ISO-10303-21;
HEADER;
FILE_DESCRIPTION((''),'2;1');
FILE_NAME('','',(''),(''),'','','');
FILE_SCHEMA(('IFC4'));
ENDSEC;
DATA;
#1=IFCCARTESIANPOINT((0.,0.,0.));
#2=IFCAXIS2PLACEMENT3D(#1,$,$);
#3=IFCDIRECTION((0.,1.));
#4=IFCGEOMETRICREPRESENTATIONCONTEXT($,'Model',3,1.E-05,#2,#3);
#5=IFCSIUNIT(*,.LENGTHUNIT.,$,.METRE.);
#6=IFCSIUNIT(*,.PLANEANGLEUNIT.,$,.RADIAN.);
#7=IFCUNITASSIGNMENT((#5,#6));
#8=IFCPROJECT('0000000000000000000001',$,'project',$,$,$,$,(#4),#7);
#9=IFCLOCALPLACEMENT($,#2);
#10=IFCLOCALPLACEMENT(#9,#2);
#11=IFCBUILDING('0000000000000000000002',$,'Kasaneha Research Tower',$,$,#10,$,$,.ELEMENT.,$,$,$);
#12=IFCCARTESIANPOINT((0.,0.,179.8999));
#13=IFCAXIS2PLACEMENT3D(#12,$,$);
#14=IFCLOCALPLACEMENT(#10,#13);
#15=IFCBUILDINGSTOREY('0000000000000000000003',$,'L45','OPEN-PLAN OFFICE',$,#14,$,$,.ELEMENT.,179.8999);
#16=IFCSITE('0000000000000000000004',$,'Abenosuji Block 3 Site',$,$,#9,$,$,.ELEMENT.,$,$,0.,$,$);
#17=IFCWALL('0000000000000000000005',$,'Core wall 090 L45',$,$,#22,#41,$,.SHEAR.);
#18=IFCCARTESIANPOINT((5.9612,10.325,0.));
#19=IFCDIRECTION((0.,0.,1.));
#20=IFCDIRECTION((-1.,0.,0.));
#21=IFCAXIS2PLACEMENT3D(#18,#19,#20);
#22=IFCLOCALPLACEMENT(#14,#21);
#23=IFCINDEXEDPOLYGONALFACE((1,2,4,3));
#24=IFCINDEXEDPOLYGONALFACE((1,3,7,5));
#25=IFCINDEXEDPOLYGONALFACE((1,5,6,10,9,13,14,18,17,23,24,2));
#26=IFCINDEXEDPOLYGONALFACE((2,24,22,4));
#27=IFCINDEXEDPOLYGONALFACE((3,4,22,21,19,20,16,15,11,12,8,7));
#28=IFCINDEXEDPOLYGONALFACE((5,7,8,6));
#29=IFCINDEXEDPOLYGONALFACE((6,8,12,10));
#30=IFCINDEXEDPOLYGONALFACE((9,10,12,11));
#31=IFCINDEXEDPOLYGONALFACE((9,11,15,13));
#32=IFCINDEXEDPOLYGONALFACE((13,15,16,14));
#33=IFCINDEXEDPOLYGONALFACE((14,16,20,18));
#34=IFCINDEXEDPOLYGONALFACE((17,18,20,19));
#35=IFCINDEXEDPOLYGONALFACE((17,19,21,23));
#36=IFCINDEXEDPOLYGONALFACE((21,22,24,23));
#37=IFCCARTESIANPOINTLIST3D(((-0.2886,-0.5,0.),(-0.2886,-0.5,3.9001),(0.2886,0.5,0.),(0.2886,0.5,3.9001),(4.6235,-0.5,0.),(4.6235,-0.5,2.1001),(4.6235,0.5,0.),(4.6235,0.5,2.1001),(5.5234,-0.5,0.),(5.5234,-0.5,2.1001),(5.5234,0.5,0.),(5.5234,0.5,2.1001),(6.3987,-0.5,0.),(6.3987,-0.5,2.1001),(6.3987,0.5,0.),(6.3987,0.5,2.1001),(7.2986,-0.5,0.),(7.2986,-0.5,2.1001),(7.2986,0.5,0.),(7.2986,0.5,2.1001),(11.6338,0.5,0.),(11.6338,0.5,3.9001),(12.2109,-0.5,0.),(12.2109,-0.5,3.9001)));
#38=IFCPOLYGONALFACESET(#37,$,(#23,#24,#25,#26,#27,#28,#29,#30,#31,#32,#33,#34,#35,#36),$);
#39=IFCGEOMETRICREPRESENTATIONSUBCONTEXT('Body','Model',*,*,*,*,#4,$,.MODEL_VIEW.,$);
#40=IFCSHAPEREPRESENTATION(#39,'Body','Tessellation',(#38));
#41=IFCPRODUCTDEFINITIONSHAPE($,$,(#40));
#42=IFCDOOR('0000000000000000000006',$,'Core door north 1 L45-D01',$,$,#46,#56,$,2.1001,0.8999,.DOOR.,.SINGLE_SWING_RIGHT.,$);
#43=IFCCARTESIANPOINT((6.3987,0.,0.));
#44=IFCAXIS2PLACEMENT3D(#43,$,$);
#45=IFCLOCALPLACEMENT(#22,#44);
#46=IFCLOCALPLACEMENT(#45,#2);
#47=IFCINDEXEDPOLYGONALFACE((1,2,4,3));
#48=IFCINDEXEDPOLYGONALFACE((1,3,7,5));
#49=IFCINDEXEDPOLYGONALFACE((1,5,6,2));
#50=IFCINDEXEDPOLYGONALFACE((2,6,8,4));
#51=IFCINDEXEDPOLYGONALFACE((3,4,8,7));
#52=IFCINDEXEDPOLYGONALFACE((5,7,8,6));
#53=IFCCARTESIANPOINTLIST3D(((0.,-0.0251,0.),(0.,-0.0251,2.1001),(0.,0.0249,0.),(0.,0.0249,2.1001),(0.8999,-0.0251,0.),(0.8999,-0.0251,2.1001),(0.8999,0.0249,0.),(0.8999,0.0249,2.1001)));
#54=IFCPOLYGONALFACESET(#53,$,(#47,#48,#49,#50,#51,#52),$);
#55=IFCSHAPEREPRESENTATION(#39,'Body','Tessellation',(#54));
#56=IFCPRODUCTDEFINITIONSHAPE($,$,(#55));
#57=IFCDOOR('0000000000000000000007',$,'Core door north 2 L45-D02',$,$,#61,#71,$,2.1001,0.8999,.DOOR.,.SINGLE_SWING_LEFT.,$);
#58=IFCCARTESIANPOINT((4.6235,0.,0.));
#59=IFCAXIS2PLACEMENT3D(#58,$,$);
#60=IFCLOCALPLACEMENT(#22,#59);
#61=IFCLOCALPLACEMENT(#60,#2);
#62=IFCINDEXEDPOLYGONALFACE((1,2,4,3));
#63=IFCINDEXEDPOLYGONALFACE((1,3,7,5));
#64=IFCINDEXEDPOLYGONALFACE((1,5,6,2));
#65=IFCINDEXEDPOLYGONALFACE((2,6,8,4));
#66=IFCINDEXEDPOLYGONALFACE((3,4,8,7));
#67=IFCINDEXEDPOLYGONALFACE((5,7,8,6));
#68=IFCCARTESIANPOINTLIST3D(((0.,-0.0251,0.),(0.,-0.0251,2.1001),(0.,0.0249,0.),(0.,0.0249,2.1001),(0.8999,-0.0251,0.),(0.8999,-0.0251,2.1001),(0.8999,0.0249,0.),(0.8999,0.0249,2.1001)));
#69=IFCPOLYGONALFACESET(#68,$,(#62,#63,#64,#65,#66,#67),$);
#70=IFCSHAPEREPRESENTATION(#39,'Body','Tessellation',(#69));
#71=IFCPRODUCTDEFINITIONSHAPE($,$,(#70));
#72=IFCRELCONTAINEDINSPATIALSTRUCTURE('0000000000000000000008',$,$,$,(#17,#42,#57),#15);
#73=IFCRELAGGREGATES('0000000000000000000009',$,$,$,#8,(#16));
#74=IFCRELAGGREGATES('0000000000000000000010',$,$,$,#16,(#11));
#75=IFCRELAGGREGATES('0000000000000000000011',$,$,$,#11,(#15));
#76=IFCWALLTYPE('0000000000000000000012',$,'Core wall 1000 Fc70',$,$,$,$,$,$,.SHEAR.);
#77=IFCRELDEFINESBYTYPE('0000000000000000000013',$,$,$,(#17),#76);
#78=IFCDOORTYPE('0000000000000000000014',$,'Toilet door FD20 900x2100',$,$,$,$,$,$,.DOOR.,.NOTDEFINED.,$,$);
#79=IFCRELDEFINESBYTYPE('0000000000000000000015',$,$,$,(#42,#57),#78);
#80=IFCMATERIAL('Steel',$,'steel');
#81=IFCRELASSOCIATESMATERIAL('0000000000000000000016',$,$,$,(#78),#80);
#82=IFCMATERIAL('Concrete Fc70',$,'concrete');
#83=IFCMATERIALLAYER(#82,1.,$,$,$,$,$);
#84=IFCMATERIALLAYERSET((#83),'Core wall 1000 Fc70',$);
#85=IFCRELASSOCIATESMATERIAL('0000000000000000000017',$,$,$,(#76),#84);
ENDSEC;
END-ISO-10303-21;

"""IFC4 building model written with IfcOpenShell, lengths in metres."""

from ifc_helpers import new_model, si_unit, direction, frame, frame_2d, origin, place, context, subcontext, project, spatial, polyline, rectangle, outline, extrude, material, layer, layer_set, type_object, element, fill, save


model = new_model("IFC4")

# Units and contexts
model_context = context("Model", 3, precision=1e-05, world=origin(), true_north=direction((0.0, 1.0)))
body_context = subcontext(model_context, "Body", "Model", "MODEL_VIEW")
ifc_project = project(units=[si_unit("LENGTHUNIT", "METRE"), si_unit("PLANEANGLEUNIT", "RADIAN")], contexts=[model_context])

# Site, building, storey
site_placement = place(None, origin())
site = spatial("IfcSite", under=ifc_project, at=site_placement, Name="Abenosuji Block 3 Site", CompositionType="ELEMENT", RefElevation=0.0)
building_placement = place(site_placement, origin())
building = spatial("IfcBuilding", under=site, at=building_placement, Name="Kasaneha Research Tower", CompositionType="ELEMENT")
storey_placement = place(building_placement, frame((0.0, 0.0, 179.8999)))
storey = spatial("IfcBuildingStorey", under=building, at=storey_placement, Name="L45", Description="OPEN-PLAN OFFICE", CompositionType="ELEMENT", Elevation=179.8999)

# Shared definitions
ifc_material_1 = material(Name="Steel", Category="steel")
door_type_1 = type_object("IfcDoorType", Name="Toilet door FD20 900x2100", OperationType="NOTDEFINED", PredefinedType="DOOR", material=ifc_material_1)

# Wall, openings, doors
ifc_material_2 = material(Name="Concrete Fc70", Category="concrete")
ifc_layer_1 = layer(ifc_material_2, 1.0)
ifc_layer_set_1 = layer_set([ifc_layer_1], Name="Core wall 1000 Fc70")
wall_type_1 = type_object("IfcWallType", Name="Core wall 1000 Fc70", PredefinedType="SHEAR", material=ifc_layer_set_1)
wall_1_placement = place(storey_placement, frame((5.9612, 10.325, 0.0), z_axis=(0.0, 0.0, 1.0), x_axis=(-1.0, 0.0, 0.0)))
wall_1 = element("IfcWall", 1, at=wall_1_placement, inside=storey, type_object=wall_type_1, Name="Core wall 090 L45", PredefinedType="SHEAR", context=body_context, shape_type="SweptSolid", body=[
    extrude(outline(polyline([(-0.2886, -0.5), (4.6235, -0.5), (5.5234, -0.5), (6.3987, -0.5), (7.2986, -0.5), (12.2109, -0.5), (11.6338, 0.5), (7.2986, 0.5), (6.3987, 0.5), (5.5234, 0.5), (4.6235, 0.5), (0.2886, 0.5), (-0.2886, -0.5)])), origin(), (0.0, 0.0, 1.0), 3.9001),
])
opening_1_placement = place(wall_1_placement, frame((6.3987, 0.0, 0.0)))
opening_1 = element("IfcOpeningElement", 2, at=opening_1_placement, cuts=wall_1, PredefinedType="OPENING", context=body_context, shape_type="SweptSolid", body=[
    extrude(rectangle(XDim=0.8999, YDim=2.1001, at=frame_2d((0.45, 1.05))), frame((0.0, 0.51, 0.0), z_axis=(0.0, -1.0, 0.0), x_axis=(1.0, 0.0, 0.0)), (0.0, 0.0, 1.0), 1.02),
])
opening_2_placement = place(wall_1_placement, frame((4.6235, 0.0, 0.0)))
opening_2 = element("IfcOpeningElement", 3, at=opening_2_placement, cuts=wall_1, PredefinedType="OPENING", context=body_context, shape_type="SweptSolid", body=[
    extrude(rectangle(XDim=0.8999, YDim=2.1001, at=frame_2d((0.45, 1.05))), frame((0.0, 0.51, 0.0), z_axis=(0.0, -1.0, 0.0), x_axis=(1.0, 0.0, 0.0)), (0.0, 0.0, 1.0), 1.02),
])
door_1_placement = place(opening_1_placement, origin())
door_1 = element("IfcDoor", 4, at=door_1_placement, inside=storey, type_object=door_type_1, Name="Core door north 1 L45-D01", OperationType="SINGLE_SWING_RIGHT", OverallHeight=2.1001, OverallWidth=0.8999, PredefinedType="DOOR", context=body_context, shape_type="SweptSolid", body=[
    extrude(rectangle(XDim=0.8999, YDim=2.1001, at=frame_2d((0.45, 1.05))), frame((0.0, 0.0249, 0.0), z_axis=(0.0, -1.0, 0.0), x_axis=(1.0, 0.0, 0.0)), (0.0, 0.0, 1.0), 0.05),
])
fill(opening_1, door_1)
door_2_placement = place(opening_2_placement, origin())
door_2 = element("IfcDoor", 5, at=door_2_placement, inside=storey, type_object=door_type_1, Name="Core door north 2 L45-D02", OperationType="SINGLE_SWING_LEFT", OverallHeight=2.1001, OverallWidth=0.8999, PredefinedType="DOOR", context=body_context, shape_type="SweptSolid", body=[
    extrude(rectangle(XDim=0.8999, YDim=2.1001, at=frame_2d((0.45, 1.05))), frame((0.0, 0.0249, 0.0), z_axis=(0.0, -1.0, 0.0), x_axis=(1.0, 0.0, 0.0)), (0.0, 0.0, 1.0), 0.05),
])
fill(opening_2, door_2)

save(model, "model.ifc")
